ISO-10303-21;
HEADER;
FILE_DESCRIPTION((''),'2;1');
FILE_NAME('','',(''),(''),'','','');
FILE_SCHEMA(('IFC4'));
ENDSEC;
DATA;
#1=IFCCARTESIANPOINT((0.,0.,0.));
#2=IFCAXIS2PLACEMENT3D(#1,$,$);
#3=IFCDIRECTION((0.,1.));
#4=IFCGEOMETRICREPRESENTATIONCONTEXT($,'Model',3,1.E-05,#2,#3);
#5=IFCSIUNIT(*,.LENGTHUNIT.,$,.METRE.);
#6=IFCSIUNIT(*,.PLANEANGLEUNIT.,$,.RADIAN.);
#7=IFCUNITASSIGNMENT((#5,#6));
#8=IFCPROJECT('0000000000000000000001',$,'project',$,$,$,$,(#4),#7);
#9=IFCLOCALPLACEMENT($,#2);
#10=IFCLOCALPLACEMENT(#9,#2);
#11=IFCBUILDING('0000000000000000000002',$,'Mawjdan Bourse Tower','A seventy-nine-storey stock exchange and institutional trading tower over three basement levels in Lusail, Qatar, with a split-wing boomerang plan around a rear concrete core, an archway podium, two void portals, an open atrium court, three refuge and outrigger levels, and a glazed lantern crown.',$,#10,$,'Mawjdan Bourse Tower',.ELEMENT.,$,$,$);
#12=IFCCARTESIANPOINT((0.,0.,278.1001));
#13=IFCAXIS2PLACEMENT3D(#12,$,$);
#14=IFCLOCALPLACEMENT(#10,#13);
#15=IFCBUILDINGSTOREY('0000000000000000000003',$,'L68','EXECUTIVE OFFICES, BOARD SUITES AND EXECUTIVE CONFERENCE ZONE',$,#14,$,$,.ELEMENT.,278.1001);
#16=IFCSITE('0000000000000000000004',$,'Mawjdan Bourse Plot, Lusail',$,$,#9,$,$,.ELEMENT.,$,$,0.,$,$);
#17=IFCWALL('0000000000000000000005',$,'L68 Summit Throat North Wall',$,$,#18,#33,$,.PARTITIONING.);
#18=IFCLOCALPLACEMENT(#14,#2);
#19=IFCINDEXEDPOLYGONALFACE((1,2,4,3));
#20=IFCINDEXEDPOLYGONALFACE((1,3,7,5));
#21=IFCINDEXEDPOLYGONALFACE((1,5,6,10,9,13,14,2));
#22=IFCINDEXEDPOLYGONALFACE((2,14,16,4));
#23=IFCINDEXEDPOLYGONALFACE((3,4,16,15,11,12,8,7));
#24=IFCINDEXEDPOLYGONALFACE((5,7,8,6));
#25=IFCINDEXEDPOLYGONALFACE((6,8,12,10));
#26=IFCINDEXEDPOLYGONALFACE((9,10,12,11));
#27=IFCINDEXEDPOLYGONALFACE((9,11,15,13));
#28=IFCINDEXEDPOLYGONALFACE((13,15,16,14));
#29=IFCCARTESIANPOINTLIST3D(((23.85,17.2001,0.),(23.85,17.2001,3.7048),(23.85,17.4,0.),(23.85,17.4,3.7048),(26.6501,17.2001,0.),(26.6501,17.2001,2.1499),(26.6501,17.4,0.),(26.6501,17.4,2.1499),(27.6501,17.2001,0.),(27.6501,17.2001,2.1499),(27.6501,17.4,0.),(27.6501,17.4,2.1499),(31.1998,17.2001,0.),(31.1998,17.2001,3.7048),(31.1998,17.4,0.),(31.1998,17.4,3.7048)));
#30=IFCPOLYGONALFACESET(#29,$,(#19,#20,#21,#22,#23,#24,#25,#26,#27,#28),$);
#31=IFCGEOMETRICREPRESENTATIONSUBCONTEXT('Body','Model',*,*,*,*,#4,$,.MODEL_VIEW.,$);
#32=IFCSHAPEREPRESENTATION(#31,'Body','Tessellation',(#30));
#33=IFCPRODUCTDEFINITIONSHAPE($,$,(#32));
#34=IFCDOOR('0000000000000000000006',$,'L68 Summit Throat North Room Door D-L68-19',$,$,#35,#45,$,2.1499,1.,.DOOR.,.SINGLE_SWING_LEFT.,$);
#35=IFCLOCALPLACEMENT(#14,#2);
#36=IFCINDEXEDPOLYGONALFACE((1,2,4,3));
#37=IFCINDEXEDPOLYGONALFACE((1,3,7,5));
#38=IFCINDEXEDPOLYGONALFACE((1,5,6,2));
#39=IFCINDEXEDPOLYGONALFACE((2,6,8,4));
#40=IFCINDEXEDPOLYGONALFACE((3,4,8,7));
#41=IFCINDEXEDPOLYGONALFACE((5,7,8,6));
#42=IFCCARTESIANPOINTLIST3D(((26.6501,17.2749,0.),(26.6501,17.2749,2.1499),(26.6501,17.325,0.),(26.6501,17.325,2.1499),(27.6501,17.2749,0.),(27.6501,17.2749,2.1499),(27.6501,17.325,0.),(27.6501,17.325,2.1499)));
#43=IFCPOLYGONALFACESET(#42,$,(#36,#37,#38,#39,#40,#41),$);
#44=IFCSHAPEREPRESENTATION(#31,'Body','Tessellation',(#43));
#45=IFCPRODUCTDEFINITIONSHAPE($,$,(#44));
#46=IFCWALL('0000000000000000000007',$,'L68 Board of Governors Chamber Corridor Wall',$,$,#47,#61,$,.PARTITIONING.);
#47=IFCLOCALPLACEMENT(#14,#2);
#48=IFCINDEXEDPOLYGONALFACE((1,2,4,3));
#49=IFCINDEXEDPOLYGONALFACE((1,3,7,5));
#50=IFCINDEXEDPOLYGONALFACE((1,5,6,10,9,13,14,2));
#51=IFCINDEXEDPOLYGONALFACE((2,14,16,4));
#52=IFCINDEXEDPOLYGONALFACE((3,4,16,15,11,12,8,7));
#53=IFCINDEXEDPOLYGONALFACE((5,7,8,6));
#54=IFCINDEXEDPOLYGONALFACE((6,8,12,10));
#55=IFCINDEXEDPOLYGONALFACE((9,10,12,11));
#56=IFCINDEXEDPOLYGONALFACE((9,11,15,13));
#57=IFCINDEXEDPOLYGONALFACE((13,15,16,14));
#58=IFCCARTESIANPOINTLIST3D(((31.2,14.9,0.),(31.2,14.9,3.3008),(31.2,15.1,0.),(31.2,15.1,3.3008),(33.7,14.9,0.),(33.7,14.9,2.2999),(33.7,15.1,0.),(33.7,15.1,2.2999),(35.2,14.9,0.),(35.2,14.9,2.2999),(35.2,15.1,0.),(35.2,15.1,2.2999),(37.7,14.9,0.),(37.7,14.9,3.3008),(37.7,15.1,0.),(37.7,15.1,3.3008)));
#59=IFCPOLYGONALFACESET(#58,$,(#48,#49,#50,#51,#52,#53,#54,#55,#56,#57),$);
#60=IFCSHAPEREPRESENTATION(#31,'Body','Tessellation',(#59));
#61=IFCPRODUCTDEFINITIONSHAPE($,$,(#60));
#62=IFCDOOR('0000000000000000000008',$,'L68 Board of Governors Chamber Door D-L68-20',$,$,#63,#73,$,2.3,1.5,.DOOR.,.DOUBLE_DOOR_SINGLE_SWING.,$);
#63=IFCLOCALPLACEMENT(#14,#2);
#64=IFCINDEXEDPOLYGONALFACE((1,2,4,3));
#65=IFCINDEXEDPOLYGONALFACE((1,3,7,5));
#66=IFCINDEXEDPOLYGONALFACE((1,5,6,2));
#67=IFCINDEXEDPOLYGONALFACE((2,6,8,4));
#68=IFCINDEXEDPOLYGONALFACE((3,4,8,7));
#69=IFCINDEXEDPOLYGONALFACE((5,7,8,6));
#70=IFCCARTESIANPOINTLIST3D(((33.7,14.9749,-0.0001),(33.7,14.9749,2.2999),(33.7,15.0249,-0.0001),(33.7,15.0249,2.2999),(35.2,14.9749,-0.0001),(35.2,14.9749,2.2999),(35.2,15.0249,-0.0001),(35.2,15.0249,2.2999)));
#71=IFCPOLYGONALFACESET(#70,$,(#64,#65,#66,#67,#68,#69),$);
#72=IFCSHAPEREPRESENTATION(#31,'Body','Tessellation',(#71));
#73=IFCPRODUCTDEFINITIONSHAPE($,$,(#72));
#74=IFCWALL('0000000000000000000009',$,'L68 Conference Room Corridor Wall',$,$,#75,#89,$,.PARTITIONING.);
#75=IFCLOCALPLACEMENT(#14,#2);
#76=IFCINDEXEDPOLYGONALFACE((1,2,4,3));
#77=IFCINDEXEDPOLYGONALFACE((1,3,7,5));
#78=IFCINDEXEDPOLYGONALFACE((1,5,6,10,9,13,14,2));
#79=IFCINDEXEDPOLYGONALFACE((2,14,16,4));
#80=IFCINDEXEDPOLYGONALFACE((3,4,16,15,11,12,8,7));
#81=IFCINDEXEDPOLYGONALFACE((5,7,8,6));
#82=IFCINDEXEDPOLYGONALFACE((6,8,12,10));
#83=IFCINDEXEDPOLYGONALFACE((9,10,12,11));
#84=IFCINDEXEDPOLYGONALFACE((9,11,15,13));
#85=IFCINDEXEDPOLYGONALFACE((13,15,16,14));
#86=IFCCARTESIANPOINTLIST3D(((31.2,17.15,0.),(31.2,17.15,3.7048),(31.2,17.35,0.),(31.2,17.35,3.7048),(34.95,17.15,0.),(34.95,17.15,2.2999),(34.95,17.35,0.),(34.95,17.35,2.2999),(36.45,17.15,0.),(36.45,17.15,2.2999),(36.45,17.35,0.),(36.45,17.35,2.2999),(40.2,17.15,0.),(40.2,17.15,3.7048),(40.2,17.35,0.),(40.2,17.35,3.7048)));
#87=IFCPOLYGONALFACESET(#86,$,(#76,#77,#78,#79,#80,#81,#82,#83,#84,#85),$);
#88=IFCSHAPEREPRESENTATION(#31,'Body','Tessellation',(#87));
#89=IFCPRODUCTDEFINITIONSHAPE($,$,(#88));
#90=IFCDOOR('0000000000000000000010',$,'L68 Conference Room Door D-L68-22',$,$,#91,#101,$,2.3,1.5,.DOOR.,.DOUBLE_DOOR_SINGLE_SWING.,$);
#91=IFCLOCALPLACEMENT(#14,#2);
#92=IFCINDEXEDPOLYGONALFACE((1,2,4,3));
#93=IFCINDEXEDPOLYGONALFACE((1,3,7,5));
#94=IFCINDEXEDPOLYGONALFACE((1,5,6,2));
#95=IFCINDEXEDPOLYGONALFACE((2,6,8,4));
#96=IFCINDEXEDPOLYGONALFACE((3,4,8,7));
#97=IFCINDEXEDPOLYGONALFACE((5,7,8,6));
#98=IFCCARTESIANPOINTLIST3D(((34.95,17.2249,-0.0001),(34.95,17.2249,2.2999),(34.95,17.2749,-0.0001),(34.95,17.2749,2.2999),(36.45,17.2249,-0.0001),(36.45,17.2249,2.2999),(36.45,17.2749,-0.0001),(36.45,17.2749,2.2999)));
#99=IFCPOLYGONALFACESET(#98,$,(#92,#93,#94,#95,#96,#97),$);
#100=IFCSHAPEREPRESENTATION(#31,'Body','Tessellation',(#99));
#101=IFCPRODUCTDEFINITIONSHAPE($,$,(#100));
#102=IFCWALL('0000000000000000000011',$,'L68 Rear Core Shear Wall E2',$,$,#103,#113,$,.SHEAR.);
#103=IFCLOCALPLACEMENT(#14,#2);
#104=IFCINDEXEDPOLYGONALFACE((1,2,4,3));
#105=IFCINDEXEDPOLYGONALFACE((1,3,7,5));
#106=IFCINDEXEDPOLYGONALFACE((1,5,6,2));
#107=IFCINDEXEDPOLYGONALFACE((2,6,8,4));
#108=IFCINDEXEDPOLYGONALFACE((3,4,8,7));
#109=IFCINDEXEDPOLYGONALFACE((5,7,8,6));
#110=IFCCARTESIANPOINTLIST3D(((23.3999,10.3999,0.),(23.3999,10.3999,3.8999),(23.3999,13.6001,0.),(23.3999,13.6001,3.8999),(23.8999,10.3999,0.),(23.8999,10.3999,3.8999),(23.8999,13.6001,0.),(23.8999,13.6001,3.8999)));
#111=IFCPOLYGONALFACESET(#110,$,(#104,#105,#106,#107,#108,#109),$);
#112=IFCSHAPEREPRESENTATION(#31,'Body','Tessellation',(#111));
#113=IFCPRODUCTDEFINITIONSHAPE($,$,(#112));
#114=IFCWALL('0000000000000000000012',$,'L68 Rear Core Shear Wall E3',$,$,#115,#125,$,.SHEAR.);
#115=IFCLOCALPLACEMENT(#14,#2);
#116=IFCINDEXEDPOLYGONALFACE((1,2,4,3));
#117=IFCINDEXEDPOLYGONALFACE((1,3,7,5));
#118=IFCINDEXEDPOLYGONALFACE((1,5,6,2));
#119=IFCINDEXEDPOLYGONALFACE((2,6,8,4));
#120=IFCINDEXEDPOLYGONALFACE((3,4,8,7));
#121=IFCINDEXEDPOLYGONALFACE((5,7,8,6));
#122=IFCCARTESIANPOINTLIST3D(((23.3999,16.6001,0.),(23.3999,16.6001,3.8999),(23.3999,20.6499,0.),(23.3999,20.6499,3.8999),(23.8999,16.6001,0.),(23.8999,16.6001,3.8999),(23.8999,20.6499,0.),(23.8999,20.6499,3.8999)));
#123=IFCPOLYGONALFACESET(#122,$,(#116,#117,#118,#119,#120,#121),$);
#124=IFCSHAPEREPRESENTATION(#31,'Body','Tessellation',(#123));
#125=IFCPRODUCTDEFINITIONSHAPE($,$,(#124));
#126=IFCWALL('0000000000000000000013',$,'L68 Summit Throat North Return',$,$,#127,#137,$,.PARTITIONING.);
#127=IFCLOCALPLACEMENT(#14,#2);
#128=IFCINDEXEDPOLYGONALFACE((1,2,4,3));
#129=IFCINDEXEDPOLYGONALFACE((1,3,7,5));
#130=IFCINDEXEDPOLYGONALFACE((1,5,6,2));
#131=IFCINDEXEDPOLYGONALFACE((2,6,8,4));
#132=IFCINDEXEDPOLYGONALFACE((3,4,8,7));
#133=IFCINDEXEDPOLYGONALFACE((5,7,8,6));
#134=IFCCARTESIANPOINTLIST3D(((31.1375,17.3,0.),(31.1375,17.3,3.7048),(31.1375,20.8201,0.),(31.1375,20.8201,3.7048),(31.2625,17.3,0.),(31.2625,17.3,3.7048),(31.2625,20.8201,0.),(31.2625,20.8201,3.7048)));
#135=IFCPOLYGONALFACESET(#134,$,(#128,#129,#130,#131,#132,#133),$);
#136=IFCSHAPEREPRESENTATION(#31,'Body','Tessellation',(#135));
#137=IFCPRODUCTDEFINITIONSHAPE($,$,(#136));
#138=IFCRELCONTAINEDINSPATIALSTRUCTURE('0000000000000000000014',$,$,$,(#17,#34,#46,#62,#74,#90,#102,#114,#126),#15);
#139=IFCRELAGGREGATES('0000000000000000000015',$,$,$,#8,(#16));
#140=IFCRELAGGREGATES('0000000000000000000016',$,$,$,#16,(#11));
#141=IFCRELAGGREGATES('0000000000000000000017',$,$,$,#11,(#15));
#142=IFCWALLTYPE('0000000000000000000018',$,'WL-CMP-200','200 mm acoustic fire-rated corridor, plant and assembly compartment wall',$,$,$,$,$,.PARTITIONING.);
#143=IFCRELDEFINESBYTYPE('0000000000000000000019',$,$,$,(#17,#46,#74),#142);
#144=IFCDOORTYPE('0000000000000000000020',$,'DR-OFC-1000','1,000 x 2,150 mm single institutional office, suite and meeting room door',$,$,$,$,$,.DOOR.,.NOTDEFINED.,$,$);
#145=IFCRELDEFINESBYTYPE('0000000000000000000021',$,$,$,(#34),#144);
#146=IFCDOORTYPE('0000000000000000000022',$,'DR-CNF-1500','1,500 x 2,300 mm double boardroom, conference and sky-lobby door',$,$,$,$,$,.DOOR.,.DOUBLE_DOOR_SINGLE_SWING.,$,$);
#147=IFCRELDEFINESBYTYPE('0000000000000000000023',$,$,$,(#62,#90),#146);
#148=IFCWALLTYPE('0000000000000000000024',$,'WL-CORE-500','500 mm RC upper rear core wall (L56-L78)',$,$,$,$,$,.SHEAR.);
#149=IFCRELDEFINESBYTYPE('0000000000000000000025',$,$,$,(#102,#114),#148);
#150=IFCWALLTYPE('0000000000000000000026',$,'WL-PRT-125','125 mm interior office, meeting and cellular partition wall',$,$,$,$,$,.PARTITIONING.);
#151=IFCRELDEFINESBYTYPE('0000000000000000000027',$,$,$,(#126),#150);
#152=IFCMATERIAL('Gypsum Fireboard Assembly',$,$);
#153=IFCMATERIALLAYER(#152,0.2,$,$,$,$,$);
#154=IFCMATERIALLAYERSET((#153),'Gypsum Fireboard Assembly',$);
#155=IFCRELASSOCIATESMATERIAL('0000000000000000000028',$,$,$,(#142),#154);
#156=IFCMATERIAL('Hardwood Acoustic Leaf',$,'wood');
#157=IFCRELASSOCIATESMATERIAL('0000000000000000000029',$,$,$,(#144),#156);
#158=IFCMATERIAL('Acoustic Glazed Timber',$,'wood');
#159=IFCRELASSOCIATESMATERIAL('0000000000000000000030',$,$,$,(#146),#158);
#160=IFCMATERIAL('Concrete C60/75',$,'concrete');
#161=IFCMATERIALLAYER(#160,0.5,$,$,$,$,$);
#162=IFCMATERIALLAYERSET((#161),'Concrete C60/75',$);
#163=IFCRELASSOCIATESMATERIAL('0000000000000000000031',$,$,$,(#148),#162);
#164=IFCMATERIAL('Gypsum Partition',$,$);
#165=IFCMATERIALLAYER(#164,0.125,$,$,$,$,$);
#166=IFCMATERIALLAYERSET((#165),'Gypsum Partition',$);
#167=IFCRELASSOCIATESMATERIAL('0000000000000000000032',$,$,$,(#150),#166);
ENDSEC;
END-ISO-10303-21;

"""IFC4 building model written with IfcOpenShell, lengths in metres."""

from ifc_helpers import new_model, si_unit, direction, frame, frame_2d, origin, place, context, subcontext, project, spatial, rectangle, extrude, material, layer, layer_set, type_object, element, fill, save


model = new_model("IFC4")

# Units and contexts
model_context = context("Model", 3, precision=1e-05, world=origin(), true_north=direction((0.0, 1.0)))
body_context = subcontext(model_context, "Body", "Model", "MODEL_VIEW")
ifc_project = project(units=[si_unit("LENGTHUNIT", "METRE"), si_unit("PLANEANGLEUNIT", "RADIAN")], contexts=[model_context])

# Site, building, storey
site_placement = place(None, origin())
site = spatial("IfcSite", under=ifc_project, at=site_placement, Name="Mawjdan Bourse Plot, Lusail", CompositionType="ELEMENT", RefElevation=0.0)
building_placement = place(site_placement, origin())
building = spatial("IfcBuilding", under=site, at=building_placement, Name="Mawjdan Bourse Tower", Description="A seventy-nine-storey stock exchange and institutional trading tower over three basement levels in Lusail, Qatar, with a split-wing boomerang plan around a rear concrete core, an archway podium, two void portals, an open atrium court, three refuge and outrigger levels, and a glazed lantern crown.", LongName="Mawjdan Bourse Tower", CompositionType="ELEMENT")
storey_placement = place(building_placement, frame((0.0, 0.0, 278.1001)))
storey = spatial("IfcBuildingStorey", under=building, at=storey_placement, Name="L68", Description="EXECUTIVE OFFICES, BOARD SUITES AND EXECUTIVE CONFERENCE ZONE", CompositionType="ELEMENT", Elevation=278.1001)

# Shared definitions
ifc_material_1 = material(Name="Concrete C60/75", Category="concrete")

# Shared definitions
ifc_material_2 = material(Name="Gypsum Fireboard Assembly")
ifc_layer_1 = layer(ifc_material_2, 0.2)
ifc_layer_set_1 = layer_set([ifc_layer_1], Name="Gypsum Fireboard Assembly")
wall_type_1 = type_object("IfcWallType", Name="WL-CMP-200", Description="200 mm acoustic fire-rated corridor, plant and assembly compartment wall", PredefinedType="PARTITIONING", material=ifc_layer_set_1)

# Walls, openings, doors
wall_1_placement = place(storey_placement, frame((23.8501, 17.3, 0.0), z_axis=(0.0, 0.0, 1.0), x_axis=(1.0, 0.0, 0.0)))
wall_1 = element("IfcWall", 1, at=wall_1_placement, inside=storey, type_object=wall_type_1, Name="L68 Summit Throat North Wall", PredefinedType="PARTITIONING", context=body_context, shape_type="SweptSolid", body=[
    extrude(rectangle(XDim=7.3499, YDim=0.2, at=frame_2d((3.6748, 0.0))), origin(), (0.0, 0.0, 1.0), 3.7048),
])
opening_1_placement = place(wall_1_placement, frame((2.8, 0.0, 0.0)))
opening_1 = element("IfcOpeningElement", 2, at=opening_1_placement, cuts=wall_1, PredefinedType="OPENING", context=body_context, shape_type="SweptSolid", body=[
    extrude(rectangle(XDim=1.0, YDim=2.1499, at=frame_2d((0.5, 1.075))), frame((0.0, 0.1099, 0.0), z_axis=(0.0, -1.0, 0.0), x_axis=(1.0, 0.0, 0.0)), (0.0, 0.0, 1.0), 0.22),
])
ifc_material_3 = material(Name="Hardwood Acoustic Leaf", Category="wood")
door_type_1 = type_object("IfcDoorType", Name="DR-OFC-1000", Description="1,000 x 2,150 mm single institutional office, suite and meeting room door", OperationType="NOTDEFINED", PredefinedType="DOOR", material=ifc_material_3)
door_1_placement = place(opening_1_placement, origin())
door_1 = element("IfcDoor", 3, at=door_1_placement, inside=storey, type_object=door_type_1, Name="L68 Summit Throat North Room Door D-L68-19", OperationType="SINGLE_SWING_LEFT", OverallHeight=2.1499, OverallWidth=1.0, PredefinedType="DOOR", context=body_context, shape_type="SweptSolid", body=[
    extrude(rectangle(XDim=1.0, YDim=2.1499, at=frame_2d((0.5, 1.075))), frame((0.0, 0.0249, 0.0), z_axis=(0.0, -1.0, 0.0), x_axis=(1.0, 0.0, 0.0)), (0.0, 0.0, 1.0), 0.05),
])
fill(opening_1, door_1)
wall_2_placement = place(storey_placement, frame((31.2, 15.0, 0.0), z_axis=(0.0, 0.0, 1.0), x_axis=(1.0, 0.0, 0.0)))
wall_2 = element("IfcWall", 4, at=wall_2_placement, inside=storey, type_object=wall_type_1, Name="L68 Board of Governors Chamber Corridor Wall", PredefinedType="PARTITIONING", context=body_context, shape_type="SweptSolid", body=[
    extrude(rectangle(XDim=6.5, YDim=0.2, at=frame_2d((3.25, 0.0))), origin(), (0.0, 0.0, 1.0), 3.3008),
])
opening_2_placement = place(wall_2_placement, frame((2.5, 0.0, 0.0)))
opening_2 = element("IfcOpeningElement", 5, at=opening_2_placement, cuts=wall_2, PredefinedType="OPENING", context=body_context, shape_type="SweptSolid", body=[
    extrude(rectangle(XDim=1.5, YDim=2.3, at=frame_2d((0.75, 1.1499))), frame((0.0, 0.1099, 0.0), z_axis=(0.0, -1.0, 0.0), x_axis=(1.0, 0.0, 0.0)), (0.0, 0.0, 1.0), 0.22),
])
ifc_material_4 = material(Name="Acoustic Glazed Timber", Category="wood")
door_type_2 = type_object("IfcDoorType", Name="DR-CNF-1500", Description="1,500 x 2,300 mm double boardroom, conference and sky-lobby door", OperationType="DOUBLE_DOOR_SINGLE_SWING", PredefinedType="DOOR", material=ifc_material_4)
door_2_placement = place(opening_2_placement, origin())
door_2 = element("IfcDoor", 6, at=door_2_placement, inside=storey, type_object=door_type_2, Name="L68 Board of Governors Chamber Door D-L68-20", OperationType="DOUBLE_DOOR_SINGLE_SWING", OverallHeight=2.3, OverallWidth=1.5, PredefinedType="DOOR", context=body_context, shape_type="SweptSolid", body=[
    extrude(rectangle(XDim=1.5, YDim=2.3, at=frame_2d((0.75, 1.1499))), frame((0.0, 0.0249, 0.0), z_axis=(0.0, -1.0, 0.0), x_axis=(1.0, 0.0, 0.0)), (0.0, 0.0, 1.0), 0.05),
])
fill(opening_2, door_2)
wall_3_placement = place(storey_placement, frame((31.2, 17.25, 0.0), z_axis=(0.0, 0.0, 1.0), x_axis=(1.0, 0.0, 0.0)))
wall_3 = element("IfcWall", 7, at=wall_3_placement, inside=storey, type_object=wall_type_1, Name="L68 Conference Room Corridor Wall", PredefinedType="PARTITIONING", context=body_context, shape_type="SweptSolid", body=[
    extrude(rectangle(XDim=9.0, YDim=0.2, at=frame_2d((4.5, 0.0))), origin(), (0.0, 0.0, 1.0), 3.7048),
])
opening_3_placement = place(wall_3_placement, frame((3.75, 0.0, 0.0)))
opening_3 = element("IfcOpeningElement", 8, at=opening_3_placement, cuts=wall_3, PredefinedType="OPENING", context=body_context, shape_type="SweptSolid", body=[
    extrude(rectangle(XDim=1.5, YDim=2.3, at=frame_2d((0.75, 1.1499))), frame((0.0, 0.1099, 0.0), z_axis=(0.0, -1.0, 0.0), x_axis=(1.0, 0.0, 0.0)), (0.0, 0.0, 1.0), 0.22),
])
door_3_placement = place(opening_3_placement, origin())
door_3 = element("IfcDoor", 9, at=door_3_placement, inside=storey, type_object=door_type_2, Name="L68 Conference Room Door D-L68-22", OperationType="DOUBLE_DOOR_SINGLE_SWING", OverallHeight=2.3, OverallWidth=1.5, PredefinedType="DOOR", context=body_context, shape_type="SweptSolid", body=[
    extrude(rectangle(XDim=1.5, YDim=2.3, at=frame_2d((0.75, 1.1499))), frame((0.0, 0.0249, 0.0), z_axis=(0.0, -1.0, 0.0), x_axis=(1.0, 0.0, 0.0)), (0.0, 0.0, 1.0), 0.05),
])
fill(opening_3, door_3)

# Walls
ifc_layer_2 = layer(ifc_material_1, 0.5)
ifc_layer_set_2 = layer_set([ifc_layer_2], Name="Concrete C60/75")
wall_type_2 = type_object("IfcWallType", Name="WL-CORE-500", Description="500 mm RC upper rear core wall (L56-L78)", PredefinedType="SHEAR", material=ifc_layer_set_2)
wall_4_placement = place(storey_placement, frame((23.6499, 10.3999, 0.0), z_axis=(0.0, 0.0, 1.0), x_axis=(0.0, 1.0, 0.0)))
element("IfcWall", 10, at=wall_4_placement, inside=storey, type_object=wall_type_2, Name="L68 Rear Core Shear Wall E2", PredefinedType="SHEAR", context=body_context, shape_type="SweptSolid", body=[
    extrude(rectangle(XDim=3.2002, YDim=0.5, at=frame_2d((1.6001, 0.0))), origin(), (0.0, 0.0, 1.0), 3.8999),
])
wall_5_placement = place(storey_placement, frame((23.6499, 16.6001, 0.0), z_axis=(0.0, 0.0, 1.0), x_axis=(0.0, 1.0, 0.0)))
element("IfcWall", 11, at=wall_5_placement, inside=storey, type_object=wall_type_2, Name="L68 Rear Core Shear Wall E3", PredefinedType="SHEAR", context=body_context, shape_type="SweptSolid", body=[
    extrude(rectangle(XDim=4.0498, YDim=0.5, at=frame_2d((2.0249, 0.0))), origin(), (0.0, 0.0, 1.0), 3.8999),
])
ifc_material_5 = material(Name="Gypsum Partition")
ifc_layer_3 = layer(ifc_material_5, 0.125)
ifc_layer_set_3 = layer_set([ifc_layer_3], Name="Gypsum Partition")
wall_type_3 = type_object("IfcWallType", Name="WL-PRT-125", Description="125 mm interior office, meeting and cellular partition wall", PredefinedType="PARTITIONING", material=ifc_layer_set_3)
wall_6_placement = place(storey_placement, frame((31.2, 17.3, 0.0), z_axis=(0.0, 0.0, 1.0), x_axis=(0.0, 1.0, 0.0)))
element("IfcWall", 12, at=wall_6_placement, inside=storey, type_object=wall_type_3, Name="L68 Summit Throat North Return", PredefinedType="PARTITIONING", context=body_context, shape_type="SweptSolid", body=[
    extrude(rectangle(XDim=3.52, YDim=0.125, at=frame_2d((1.76, 0.0))), origin(), (0.0, 0.0, 1.0), 3.7048),
])

save(model, "model.ifc")
